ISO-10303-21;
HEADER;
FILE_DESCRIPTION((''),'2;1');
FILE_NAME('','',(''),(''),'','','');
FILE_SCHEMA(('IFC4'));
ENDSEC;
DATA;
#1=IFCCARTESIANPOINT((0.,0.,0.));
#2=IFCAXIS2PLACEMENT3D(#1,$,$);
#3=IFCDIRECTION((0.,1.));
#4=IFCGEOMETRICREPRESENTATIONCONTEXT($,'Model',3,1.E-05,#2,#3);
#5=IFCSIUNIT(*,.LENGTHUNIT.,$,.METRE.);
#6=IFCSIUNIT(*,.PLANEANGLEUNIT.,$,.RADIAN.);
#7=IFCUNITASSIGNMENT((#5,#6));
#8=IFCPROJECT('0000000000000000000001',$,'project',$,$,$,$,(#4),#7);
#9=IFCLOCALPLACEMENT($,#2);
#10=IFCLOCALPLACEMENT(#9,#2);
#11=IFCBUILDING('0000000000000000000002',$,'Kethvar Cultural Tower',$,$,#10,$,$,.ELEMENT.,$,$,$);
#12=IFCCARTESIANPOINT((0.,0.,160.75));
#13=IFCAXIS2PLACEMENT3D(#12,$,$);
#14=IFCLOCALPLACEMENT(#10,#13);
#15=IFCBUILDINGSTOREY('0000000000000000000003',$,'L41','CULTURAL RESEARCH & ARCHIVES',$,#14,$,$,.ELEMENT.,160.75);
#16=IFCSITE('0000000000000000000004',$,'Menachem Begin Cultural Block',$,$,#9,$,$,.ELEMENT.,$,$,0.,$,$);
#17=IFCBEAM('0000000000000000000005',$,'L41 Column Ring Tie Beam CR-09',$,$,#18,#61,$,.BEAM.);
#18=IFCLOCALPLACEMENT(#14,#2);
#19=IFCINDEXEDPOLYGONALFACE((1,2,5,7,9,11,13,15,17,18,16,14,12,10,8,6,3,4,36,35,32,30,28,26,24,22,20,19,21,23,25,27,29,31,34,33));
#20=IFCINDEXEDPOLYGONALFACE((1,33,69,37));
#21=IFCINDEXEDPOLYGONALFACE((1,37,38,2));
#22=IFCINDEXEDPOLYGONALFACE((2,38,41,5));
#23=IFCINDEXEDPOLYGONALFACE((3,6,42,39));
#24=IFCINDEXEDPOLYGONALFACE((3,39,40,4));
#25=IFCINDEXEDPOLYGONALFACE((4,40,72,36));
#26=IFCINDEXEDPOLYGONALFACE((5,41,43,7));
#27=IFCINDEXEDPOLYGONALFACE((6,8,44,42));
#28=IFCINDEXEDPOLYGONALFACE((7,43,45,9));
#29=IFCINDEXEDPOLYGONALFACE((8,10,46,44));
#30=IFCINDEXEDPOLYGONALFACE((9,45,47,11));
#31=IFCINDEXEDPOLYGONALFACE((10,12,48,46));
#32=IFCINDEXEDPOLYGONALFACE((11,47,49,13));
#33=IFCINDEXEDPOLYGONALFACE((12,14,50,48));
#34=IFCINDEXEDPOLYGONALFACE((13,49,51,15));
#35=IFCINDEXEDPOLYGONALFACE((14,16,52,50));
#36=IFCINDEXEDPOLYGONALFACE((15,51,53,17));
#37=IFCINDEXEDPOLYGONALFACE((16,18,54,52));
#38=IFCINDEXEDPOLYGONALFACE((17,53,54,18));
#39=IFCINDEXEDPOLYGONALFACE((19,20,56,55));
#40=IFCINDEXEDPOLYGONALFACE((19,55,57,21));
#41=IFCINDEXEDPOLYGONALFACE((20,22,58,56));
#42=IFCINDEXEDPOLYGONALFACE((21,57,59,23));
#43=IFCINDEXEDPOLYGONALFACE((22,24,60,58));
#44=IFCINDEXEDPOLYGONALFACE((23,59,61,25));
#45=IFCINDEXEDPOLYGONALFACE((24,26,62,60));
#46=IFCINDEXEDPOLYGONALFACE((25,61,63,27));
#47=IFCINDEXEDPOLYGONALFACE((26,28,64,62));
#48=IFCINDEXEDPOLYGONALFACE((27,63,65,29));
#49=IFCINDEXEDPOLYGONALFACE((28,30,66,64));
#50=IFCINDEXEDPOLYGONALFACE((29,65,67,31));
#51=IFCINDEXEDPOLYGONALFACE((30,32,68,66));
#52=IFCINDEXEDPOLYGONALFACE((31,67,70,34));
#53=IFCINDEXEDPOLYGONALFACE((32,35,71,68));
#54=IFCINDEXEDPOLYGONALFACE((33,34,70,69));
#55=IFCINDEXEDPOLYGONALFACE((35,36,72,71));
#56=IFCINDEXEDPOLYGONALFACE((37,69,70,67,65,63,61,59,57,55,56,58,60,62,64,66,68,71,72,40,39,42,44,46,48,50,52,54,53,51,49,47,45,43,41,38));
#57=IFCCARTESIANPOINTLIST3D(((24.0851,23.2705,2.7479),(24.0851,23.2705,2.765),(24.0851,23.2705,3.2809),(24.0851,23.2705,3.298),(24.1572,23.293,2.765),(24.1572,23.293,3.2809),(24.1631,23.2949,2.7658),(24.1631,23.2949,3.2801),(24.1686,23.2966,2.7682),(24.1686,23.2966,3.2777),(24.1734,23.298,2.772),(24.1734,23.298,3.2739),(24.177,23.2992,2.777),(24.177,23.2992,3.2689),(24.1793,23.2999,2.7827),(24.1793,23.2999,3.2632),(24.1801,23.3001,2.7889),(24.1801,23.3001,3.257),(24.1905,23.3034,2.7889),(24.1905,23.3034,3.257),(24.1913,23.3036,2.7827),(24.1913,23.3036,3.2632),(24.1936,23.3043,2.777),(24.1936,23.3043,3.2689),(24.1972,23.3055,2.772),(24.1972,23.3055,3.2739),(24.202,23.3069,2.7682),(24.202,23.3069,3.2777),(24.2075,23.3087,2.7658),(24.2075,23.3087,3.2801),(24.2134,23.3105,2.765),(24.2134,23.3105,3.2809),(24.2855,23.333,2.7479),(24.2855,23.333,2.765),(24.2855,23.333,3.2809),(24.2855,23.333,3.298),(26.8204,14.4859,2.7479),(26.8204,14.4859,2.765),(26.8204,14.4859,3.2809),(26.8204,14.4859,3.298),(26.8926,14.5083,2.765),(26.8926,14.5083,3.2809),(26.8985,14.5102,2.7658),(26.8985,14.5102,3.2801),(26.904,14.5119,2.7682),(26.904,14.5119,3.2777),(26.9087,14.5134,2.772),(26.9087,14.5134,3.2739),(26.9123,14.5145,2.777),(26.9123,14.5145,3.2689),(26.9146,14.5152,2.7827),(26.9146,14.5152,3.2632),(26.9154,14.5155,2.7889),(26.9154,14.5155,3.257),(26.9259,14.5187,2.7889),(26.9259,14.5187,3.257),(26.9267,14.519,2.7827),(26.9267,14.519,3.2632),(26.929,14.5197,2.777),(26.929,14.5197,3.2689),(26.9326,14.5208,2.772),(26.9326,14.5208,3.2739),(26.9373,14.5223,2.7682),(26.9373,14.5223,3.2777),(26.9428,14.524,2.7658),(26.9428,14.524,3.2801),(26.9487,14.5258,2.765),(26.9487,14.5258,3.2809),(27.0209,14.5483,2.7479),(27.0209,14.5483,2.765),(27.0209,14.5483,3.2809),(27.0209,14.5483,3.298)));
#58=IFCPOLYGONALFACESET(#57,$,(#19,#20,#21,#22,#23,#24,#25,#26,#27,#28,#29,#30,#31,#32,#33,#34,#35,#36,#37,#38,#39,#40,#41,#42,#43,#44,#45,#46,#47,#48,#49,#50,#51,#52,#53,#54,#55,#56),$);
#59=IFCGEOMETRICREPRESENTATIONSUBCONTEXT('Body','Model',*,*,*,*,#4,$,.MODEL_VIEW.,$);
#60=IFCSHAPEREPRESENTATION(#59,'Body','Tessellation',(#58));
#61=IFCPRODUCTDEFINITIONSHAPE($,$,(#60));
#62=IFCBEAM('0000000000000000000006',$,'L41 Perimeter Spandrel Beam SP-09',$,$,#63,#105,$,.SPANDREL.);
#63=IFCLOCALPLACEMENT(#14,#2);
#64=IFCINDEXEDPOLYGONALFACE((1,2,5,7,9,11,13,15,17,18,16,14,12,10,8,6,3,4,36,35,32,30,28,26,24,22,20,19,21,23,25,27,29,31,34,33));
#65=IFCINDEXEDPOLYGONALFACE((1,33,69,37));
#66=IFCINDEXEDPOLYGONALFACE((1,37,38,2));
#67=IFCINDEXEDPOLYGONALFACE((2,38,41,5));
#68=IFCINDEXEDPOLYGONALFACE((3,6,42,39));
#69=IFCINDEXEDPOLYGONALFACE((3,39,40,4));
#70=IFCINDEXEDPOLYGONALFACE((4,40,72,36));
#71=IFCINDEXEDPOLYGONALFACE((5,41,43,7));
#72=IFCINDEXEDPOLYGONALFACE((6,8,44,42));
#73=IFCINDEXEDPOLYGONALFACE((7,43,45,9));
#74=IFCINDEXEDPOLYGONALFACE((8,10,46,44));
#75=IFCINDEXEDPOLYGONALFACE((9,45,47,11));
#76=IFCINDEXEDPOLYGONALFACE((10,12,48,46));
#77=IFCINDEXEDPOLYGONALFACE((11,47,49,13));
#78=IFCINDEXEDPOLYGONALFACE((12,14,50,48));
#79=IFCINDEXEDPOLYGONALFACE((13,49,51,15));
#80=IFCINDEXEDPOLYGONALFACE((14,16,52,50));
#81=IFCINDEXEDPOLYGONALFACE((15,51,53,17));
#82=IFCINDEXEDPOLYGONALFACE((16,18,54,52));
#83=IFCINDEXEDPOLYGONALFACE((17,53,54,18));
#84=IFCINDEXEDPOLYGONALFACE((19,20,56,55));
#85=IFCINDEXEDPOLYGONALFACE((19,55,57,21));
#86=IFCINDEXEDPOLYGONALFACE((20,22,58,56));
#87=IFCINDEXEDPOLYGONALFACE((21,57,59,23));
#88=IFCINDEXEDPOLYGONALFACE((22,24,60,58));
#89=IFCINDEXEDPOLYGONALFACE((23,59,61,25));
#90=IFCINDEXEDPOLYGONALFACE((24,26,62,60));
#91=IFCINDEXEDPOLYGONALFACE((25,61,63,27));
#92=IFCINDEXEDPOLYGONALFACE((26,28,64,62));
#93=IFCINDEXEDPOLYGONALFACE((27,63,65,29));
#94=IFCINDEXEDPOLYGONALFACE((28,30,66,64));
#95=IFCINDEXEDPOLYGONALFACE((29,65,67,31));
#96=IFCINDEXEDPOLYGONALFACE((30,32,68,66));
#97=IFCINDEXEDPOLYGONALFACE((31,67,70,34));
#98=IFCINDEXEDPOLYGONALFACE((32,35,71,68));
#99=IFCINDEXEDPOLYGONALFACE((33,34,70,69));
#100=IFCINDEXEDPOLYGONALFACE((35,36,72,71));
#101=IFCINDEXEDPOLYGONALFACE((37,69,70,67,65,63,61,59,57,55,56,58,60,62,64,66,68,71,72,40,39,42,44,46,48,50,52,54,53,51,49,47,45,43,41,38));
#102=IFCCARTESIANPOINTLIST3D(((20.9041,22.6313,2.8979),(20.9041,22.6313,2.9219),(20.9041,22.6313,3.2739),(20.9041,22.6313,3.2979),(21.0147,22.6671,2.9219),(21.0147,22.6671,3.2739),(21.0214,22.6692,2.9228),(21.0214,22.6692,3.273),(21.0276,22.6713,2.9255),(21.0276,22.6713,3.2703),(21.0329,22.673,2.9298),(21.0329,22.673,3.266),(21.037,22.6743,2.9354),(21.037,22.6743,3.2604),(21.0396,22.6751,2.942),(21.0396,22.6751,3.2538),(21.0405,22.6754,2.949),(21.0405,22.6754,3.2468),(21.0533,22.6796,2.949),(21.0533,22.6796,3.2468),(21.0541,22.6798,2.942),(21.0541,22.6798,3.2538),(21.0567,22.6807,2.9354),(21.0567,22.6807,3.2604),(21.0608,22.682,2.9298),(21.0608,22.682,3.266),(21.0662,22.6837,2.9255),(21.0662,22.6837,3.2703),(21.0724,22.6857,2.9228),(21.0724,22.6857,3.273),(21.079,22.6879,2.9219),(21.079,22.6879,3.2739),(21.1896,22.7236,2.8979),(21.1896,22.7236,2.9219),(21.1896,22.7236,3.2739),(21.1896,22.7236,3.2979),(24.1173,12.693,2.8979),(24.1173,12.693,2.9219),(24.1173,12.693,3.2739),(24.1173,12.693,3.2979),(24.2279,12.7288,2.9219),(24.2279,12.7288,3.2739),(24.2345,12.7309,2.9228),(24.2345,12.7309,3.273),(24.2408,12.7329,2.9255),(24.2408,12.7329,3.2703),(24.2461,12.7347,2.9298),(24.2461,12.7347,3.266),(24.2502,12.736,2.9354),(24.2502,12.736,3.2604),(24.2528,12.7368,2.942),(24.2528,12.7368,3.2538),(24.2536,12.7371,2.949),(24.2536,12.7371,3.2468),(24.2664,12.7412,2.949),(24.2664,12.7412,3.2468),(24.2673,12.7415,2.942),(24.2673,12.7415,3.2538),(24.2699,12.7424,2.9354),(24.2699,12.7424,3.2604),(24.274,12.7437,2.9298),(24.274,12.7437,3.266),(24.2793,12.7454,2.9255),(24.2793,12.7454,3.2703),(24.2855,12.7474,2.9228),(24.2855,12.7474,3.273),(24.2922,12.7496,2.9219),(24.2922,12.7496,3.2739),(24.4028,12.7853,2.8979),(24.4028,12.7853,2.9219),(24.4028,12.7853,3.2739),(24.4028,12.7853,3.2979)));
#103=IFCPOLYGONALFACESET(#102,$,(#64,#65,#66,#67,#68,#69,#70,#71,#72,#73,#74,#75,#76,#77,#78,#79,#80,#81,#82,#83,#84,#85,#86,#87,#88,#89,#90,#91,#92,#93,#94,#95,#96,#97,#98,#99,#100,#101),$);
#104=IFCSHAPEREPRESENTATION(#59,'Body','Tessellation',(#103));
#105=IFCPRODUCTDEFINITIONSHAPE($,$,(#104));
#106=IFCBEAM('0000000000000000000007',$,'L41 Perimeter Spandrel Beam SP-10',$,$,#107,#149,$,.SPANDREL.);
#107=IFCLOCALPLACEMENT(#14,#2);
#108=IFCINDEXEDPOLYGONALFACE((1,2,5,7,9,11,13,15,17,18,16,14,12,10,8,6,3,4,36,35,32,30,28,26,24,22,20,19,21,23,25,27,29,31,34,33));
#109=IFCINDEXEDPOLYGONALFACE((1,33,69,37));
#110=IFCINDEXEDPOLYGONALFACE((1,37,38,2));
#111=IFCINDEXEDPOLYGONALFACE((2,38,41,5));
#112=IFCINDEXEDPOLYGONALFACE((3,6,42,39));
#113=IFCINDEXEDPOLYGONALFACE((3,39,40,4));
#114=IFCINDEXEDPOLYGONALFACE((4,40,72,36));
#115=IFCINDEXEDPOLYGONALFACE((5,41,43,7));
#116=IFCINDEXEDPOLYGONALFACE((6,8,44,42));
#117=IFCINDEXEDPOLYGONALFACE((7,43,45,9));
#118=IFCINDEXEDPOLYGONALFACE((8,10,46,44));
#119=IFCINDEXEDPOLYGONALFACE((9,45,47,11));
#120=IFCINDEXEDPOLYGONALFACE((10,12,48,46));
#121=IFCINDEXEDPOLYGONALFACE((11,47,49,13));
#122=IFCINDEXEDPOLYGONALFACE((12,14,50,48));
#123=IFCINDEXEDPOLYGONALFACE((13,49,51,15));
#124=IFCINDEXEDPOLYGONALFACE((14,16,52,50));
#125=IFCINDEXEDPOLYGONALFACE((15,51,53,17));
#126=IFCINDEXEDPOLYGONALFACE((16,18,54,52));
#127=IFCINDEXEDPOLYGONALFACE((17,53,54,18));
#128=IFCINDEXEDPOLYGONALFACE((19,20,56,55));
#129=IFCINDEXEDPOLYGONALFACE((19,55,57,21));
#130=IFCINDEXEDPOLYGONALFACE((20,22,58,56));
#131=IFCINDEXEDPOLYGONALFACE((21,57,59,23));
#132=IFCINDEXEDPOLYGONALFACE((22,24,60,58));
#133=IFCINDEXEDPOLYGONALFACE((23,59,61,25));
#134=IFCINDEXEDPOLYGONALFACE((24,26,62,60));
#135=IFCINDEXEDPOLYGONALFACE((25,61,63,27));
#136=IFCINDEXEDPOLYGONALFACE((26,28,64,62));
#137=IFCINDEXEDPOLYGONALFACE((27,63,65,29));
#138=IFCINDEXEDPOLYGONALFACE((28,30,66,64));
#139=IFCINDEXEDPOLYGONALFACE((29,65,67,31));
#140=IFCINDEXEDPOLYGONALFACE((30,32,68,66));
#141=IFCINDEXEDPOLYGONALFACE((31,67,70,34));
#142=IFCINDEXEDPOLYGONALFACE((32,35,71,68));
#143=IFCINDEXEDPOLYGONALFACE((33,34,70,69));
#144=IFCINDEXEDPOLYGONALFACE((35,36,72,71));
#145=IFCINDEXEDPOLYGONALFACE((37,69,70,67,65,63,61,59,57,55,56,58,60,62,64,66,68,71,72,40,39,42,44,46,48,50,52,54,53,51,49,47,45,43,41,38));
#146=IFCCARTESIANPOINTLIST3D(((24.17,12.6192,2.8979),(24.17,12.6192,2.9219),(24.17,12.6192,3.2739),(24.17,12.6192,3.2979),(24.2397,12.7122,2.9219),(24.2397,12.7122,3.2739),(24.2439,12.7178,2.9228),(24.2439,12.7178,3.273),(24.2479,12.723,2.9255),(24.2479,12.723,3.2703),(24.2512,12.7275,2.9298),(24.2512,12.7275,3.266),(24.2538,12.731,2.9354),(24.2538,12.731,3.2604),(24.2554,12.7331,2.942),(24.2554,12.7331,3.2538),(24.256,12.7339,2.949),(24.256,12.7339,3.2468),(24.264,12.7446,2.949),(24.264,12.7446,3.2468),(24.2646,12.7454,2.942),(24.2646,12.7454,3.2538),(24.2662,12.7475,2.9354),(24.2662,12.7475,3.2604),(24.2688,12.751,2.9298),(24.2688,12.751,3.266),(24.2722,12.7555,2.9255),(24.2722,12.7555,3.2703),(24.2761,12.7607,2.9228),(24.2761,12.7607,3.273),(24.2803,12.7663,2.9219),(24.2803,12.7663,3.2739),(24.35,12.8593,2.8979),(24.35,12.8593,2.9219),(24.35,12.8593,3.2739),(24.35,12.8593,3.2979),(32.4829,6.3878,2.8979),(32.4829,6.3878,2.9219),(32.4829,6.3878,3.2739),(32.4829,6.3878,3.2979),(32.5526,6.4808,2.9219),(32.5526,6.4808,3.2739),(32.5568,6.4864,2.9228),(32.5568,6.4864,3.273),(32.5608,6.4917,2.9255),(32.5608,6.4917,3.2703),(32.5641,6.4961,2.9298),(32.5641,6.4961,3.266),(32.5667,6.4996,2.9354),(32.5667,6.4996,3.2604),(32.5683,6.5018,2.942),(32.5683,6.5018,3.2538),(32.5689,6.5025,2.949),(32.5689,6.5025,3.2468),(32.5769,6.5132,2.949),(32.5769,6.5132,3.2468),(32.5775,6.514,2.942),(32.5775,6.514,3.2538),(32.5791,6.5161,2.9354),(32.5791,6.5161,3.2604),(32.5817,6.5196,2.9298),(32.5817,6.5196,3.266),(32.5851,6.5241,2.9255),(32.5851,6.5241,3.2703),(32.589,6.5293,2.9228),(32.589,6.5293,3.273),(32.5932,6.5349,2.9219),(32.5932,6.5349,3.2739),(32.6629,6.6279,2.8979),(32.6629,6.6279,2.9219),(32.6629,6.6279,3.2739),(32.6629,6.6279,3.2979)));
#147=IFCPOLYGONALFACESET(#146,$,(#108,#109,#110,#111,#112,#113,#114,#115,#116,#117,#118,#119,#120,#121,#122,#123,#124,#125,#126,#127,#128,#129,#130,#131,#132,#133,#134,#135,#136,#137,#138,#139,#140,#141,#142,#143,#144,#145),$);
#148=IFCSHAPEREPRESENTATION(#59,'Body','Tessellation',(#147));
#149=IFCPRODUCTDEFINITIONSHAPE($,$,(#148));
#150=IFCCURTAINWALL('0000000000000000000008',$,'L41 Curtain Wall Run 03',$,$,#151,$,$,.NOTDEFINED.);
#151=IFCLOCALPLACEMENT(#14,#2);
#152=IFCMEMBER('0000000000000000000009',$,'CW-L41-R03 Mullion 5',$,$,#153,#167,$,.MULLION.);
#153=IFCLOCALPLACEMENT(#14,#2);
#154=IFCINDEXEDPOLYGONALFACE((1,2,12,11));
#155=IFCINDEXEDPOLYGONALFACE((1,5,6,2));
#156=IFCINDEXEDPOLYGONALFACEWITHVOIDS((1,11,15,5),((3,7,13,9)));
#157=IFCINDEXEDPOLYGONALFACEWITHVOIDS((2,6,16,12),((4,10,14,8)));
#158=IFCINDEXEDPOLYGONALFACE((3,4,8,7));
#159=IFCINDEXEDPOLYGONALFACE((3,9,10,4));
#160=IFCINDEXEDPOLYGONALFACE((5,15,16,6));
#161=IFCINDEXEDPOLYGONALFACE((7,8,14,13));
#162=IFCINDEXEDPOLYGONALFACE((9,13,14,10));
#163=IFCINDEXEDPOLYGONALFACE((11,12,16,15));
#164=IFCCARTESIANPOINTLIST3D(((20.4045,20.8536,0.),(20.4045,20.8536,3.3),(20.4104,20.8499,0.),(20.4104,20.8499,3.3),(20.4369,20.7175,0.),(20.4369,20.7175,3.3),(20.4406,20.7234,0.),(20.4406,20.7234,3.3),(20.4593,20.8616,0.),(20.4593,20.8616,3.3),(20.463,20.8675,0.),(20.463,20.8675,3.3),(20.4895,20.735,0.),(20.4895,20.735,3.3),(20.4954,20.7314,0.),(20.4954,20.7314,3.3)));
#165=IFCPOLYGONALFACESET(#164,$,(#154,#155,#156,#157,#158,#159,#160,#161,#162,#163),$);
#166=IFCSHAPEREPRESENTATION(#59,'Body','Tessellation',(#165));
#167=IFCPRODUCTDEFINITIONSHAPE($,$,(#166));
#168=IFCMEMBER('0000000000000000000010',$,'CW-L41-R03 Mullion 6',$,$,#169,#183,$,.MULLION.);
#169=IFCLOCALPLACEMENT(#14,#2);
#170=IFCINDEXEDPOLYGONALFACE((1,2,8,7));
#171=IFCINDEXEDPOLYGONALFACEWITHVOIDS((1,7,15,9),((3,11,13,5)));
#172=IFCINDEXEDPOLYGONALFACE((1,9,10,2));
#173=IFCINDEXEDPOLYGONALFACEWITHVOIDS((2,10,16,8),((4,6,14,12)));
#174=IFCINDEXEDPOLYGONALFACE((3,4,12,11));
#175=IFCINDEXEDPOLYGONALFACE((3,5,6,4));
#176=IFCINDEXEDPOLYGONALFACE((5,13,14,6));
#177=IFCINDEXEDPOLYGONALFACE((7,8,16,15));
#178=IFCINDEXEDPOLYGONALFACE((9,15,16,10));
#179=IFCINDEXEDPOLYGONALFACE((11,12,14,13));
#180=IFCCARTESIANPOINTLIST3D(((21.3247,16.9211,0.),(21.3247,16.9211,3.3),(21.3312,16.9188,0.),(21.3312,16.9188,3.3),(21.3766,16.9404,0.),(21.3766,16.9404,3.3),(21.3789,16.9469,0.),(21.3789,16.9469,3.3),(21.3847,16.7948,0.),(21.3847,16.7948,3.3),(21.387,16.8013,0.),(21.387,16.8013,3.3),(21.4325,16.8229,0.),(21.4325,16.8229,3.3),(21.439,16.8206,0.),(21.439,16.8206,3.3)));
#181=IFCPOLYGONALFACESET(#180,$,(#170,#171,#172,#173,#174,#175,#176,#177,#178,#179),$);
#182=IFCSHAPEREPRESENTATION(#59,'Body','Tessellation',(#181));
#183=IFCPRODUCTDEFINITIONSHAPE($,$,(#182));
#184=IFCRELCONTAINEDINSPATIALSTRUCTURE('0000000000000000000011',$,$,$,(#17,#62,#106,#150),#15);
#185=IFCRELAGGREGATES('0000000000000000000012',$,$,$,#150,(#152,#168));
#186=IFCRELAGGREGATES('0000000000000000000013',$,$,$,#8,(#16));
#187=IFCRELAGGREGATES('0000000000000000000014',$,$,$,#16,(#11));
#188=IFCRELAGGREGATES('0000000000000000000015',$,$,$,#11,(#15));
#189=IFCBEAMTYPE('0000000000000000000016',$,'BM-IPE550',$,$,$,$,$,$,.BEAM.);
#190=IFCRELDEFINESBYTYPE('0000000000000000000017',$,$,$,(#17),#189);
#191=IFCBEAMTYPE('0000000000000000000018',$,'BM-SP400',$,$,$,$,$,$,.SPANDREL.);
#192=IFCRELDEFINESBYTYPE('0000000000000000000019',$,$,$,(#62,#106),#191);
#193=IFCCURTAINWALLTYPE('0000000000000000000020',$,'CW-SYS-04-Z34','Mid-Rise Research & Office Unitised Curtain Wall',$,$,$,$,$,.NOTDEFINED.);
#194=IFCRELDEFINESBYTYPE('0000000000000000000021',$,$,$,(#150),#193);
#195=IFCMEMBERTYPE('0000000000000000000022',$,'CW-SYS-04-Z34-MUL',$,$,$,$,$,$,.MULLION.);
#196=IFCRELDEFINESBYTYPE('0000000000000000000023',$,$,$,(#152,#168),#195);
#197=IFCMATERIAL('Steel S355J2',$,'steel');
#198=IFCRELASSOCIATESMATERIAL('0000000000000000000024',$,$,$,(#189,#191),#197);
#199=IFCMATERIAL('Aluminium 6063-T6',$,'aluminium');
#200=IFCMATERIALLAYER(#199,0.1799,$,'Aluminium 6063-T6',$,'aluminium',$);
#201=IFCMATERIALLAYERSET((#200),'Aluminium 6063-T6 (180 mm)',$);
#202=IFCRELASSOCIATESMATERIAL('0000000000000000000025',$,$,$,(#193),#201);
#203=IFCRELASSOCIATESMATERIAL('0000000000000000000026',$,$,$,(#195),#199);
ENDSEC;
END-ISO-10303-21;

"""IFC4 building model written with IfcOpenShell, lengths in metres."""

from ifc_helpers import new_model, si_unit, direction, frame, origin, origin_2d, place, context, subcontext, project, spatial, hollow_rectangle, i_section, extrude, source, transform, mapped, material, layer, layer_set, material_profile, profile_set, type_object, element, aggregate, save


model = new_model("IFC4")

# Units and contexts
model_context = context("Model", 3, precision=1e-05, world=origin(), true_north=direction((0.0, 1.0)))
body_context = subcontext(model_context, "Body", "Model", "MODEL_VIEW")
ifc_project = project(units=[si_unit("LENGTHUNIT", "METRE"), si_unit("PLANEANGLEUNIT", "RADIAN")], contexts=[model_context])

# Site, building, storey
site_placement = place(None, origin())
site = spatial("IfcSite", under=ifc_project, at=site_placement, Name="Menachem Begin Cultural Block", CompositionType="ELEMENT", RefElevation=0.0)
building_placement = place(site_placement, origin())
building = spatial("IfcBuilding", under=site, at=building_placement, Name="Kethvar Cultural Tower", CompositionType="ELEMENT")
storey_placement = place(building_placement, frame((0.0, 0.0, 160.75)))
storey = spatial("IfcBuildingStorey", under=building, at=storey_placement, Name="L41", Description="CULTURAL RESEARCH & ARCHIVES", CompositionType="ELEMENT", Elevation=160.75)

# Beams
ifc_material_1 = material(Name="Steel S355J2", Category="steel")
ifc_material_profile_1 = material_profile(ifc_material_1, i_section(OverallWidth=0.21, OverallDepth=0.55, WebThickness=0.011, FlangeThickness=0.0171, FilletRadius=0.0239, at=origin_2d()), Name="Steel S355J2 — IPE550")
ifc_profile_set_1 = profile_set([ifc_material_profile_1], Name="Steel S355J2 — IPE550")
beam_type_1 = type_object("IfcBeamType", Name="BM-IPE550", PredefinedType="BEAM", material=ifc_profile_set_1)
shared_shape_1 = source(origin(), body_context, "Body", "SweptSolid", [
    extrude(i_section(OverallWidth=0.21, OverallDepth=0.55, WebThickness=0.011, FlangeThickness=0.0171, FilletRadius=0.0239, at=origin_2d()), origin(), (0.0, 0.0, 1.0), 9.2007),
])
beam_1_placement = place(storey_placement, frame((24.1853, 23.3018, 3.0229), z_axis=(0.297299, -0.954784, 0.0), x_axis=(0.954784, 0.297299, 0.0)))
element("IfcBeam", 1, at=beam_1_placement, inside=storey, type_object=beam_type_1, Name="L41 Column Ring Tie Beam CR-09", PredefinedType="BEAM", context=body_context, shape_type="MappedRepresentation", body=[
    mapped(shared_shape_1, transform((0.0, 0.0, 0.0), scale=1.0)),
])
ifc_material_profile_2 = material_profile(ifc_material_1, i_section(OverallWidth=0.3, OverallDepth=0.3999, WebThickness=0.0134, FlangeThickness=0.0239, FilletRadius=0.0271, at=origin_2d()), Name="Steel S355J2 — HEB400")
ifc_profile_set_2 = profile_set([ifc_material_profile_2], Name="Steel S355J2 — HEB400")
beam_type_2 = type_object("IfcBeamType", Name="BM-SP400", PredefinedType="SPANDREL", material=ifc_profile_set_2)
shared_shape_2 = source(origin(), body_context, "Body", "SweptSolid", [
    extrude(i_section(OverallWidth=0.3, OverallDepth=0.3999, WebThickness=0.0134, FlangeThickness=0.0239, FilletRadius=0.0271, at=origin_2d()), origin(), (0.0, 0.0, 1.0), 10.4448),
])
beam_2_placement = place(storey_placement, frame((21.0469, 22.6775, 3.0979), z_axis=(0.307632, -0.951506, 0.0), x_axis=(0.951506, 0.307632, 0.0)))
element("IfcBeam", 2, at=beam_2_placement, inside=storey, type_object=beam_type_2, Name="L41 Perimeter Spandrel Beam SP-09", PredefinedType="SPANDREL", context=body_context, shape_type="MappedRepresentation", body=[
    mapped(shared_shape_2, transform((0.0, 0.0, 0.0), scale=1.0)),
])
shared_shape_3 = source(origin(), body_context, "Body", "SweptSolid", [
    extrude(i_section(OverallWidth=0.3, OverallDepth=0.3999, WebThickness=0.0134, FlangeThickness=0.0239, FilletRadius=0.0271, at=origin_2d()), origin(), (0.0, 0.0, 1.0), 10.3892),
])
beam_3_placement = place(storey_placement, frame((24.26, 12.7393, 3.0979), z_axis=(0.800152, -0.599797, 0.0), x_axis=(0.599797, 0.800152, 0.0)))
element("IfcBeam", 3, at=beam_3_placement, inside=storey, type_object=beam_type_2, Name="L41 Perimeter Spandrel Beam SP-10", PredefinedType="SPANDREL", context=body_context, shape_type="MappedRepresentation", body=[
    mapped(shared_shape_3, transform((0.0, 0.0, 0.0), scale=1.0)),
])

# Curtain wall, members
ifc_material_2 = material(Name="Aluminium 6063-T6", Category="aluminium")
ifc_layer_1 = layer(ifc_material_2, 0.1799, Name="Aluminium 6063-T6", Category="aluminium")
ifc_layer_set_1 = layer_set([ifc_layer_1], Name="Aluminium 6063-T6 (180 mm)")
curtain_wall_type = type_object("IfcCurtainWallType", Name="CW-SYS-04-Z34", Description="Mid-Rise Research & Office Unitised Curtain Wall", PredefinedType="NOTDEFINED", material=ifc_layer_set_1)
curtain_wall_1_placement = place(storey_placement, origin())
curtain_wall_1 = element("IfcCurtainWall", 4, at=curtain_wall_1_placement, inside=storey, type_object=curtain_wall_type, Name="L41 Curtain Wall Run 03", PredefinedType="NOTDEFINED")
ifc_material_profile_3 = material_profile(ifc_material_2, hollow_rectangle(XDim=0.0601, YDim=0.1399, WallThickness=0.0049, at=origin_2d()), Name="Aluminium 6063-T6 — RHS140x60x5")
ifc_profile_set_3 = profile_set([ifc_material_profile_3], Name="Aluminium 6063-T6 — RHS140x60x5")
member_type_1 = type_object("IfcMemberType", Name="CW-SYS-04-Z34-MUL", PredefinedType="MULLION", material=ifc_profile_set_3)
shared_shape_4 = source(origin(), body_context, "Body", "SweptSolid", [
    extrude(hollow_rectangle(XDim=0.0601, YDim=0.1399, WallThickness=0.0049, at=origin_2d()), origin(), (0.0, 0.0, 1.0), 3.3),
])
member_1_placement = place(storey_placement, frame((20.45, 20.7925, 0.0), z_axis=(0.0, 0.0, 1.0), x_axis=(0.972776, 0.231748, 0.0)))
member_1 = element("IfcMember", 5, at=member_1_placement, type_object=member_type_1, Name="CW-L41-R03 Mullion 5", PredefinedType="MULLION", context=body_context, shape_type="MappedRepresentation", body=[
    mapped(shared_shape_4, transform((0.0, 0.0, 0.0), scale=1.0)),
])
member_2_placement = place(storey_placement, frame((21.3818, 16.8708, 0.0), z_axis=(0.0, 0.0, 1.0), x_axis=(0.903275, 0.429061, 0.0)))
member_2 = element("IfcMember", 6, at=member_2_placement, type_object=member_type_1, Name="CW-L41-R03 Mullion 6", PredefinedType="MULLION", context=body_context, shape_type="MappedRepresentation", body=[
    mapped(shared_shape_4, transform((0.0, 0.0, 0.0), scale=1.0)),
])

aggregate(curtain_wall_1, [member_1, member_2])

save(model, "model.ifc")
